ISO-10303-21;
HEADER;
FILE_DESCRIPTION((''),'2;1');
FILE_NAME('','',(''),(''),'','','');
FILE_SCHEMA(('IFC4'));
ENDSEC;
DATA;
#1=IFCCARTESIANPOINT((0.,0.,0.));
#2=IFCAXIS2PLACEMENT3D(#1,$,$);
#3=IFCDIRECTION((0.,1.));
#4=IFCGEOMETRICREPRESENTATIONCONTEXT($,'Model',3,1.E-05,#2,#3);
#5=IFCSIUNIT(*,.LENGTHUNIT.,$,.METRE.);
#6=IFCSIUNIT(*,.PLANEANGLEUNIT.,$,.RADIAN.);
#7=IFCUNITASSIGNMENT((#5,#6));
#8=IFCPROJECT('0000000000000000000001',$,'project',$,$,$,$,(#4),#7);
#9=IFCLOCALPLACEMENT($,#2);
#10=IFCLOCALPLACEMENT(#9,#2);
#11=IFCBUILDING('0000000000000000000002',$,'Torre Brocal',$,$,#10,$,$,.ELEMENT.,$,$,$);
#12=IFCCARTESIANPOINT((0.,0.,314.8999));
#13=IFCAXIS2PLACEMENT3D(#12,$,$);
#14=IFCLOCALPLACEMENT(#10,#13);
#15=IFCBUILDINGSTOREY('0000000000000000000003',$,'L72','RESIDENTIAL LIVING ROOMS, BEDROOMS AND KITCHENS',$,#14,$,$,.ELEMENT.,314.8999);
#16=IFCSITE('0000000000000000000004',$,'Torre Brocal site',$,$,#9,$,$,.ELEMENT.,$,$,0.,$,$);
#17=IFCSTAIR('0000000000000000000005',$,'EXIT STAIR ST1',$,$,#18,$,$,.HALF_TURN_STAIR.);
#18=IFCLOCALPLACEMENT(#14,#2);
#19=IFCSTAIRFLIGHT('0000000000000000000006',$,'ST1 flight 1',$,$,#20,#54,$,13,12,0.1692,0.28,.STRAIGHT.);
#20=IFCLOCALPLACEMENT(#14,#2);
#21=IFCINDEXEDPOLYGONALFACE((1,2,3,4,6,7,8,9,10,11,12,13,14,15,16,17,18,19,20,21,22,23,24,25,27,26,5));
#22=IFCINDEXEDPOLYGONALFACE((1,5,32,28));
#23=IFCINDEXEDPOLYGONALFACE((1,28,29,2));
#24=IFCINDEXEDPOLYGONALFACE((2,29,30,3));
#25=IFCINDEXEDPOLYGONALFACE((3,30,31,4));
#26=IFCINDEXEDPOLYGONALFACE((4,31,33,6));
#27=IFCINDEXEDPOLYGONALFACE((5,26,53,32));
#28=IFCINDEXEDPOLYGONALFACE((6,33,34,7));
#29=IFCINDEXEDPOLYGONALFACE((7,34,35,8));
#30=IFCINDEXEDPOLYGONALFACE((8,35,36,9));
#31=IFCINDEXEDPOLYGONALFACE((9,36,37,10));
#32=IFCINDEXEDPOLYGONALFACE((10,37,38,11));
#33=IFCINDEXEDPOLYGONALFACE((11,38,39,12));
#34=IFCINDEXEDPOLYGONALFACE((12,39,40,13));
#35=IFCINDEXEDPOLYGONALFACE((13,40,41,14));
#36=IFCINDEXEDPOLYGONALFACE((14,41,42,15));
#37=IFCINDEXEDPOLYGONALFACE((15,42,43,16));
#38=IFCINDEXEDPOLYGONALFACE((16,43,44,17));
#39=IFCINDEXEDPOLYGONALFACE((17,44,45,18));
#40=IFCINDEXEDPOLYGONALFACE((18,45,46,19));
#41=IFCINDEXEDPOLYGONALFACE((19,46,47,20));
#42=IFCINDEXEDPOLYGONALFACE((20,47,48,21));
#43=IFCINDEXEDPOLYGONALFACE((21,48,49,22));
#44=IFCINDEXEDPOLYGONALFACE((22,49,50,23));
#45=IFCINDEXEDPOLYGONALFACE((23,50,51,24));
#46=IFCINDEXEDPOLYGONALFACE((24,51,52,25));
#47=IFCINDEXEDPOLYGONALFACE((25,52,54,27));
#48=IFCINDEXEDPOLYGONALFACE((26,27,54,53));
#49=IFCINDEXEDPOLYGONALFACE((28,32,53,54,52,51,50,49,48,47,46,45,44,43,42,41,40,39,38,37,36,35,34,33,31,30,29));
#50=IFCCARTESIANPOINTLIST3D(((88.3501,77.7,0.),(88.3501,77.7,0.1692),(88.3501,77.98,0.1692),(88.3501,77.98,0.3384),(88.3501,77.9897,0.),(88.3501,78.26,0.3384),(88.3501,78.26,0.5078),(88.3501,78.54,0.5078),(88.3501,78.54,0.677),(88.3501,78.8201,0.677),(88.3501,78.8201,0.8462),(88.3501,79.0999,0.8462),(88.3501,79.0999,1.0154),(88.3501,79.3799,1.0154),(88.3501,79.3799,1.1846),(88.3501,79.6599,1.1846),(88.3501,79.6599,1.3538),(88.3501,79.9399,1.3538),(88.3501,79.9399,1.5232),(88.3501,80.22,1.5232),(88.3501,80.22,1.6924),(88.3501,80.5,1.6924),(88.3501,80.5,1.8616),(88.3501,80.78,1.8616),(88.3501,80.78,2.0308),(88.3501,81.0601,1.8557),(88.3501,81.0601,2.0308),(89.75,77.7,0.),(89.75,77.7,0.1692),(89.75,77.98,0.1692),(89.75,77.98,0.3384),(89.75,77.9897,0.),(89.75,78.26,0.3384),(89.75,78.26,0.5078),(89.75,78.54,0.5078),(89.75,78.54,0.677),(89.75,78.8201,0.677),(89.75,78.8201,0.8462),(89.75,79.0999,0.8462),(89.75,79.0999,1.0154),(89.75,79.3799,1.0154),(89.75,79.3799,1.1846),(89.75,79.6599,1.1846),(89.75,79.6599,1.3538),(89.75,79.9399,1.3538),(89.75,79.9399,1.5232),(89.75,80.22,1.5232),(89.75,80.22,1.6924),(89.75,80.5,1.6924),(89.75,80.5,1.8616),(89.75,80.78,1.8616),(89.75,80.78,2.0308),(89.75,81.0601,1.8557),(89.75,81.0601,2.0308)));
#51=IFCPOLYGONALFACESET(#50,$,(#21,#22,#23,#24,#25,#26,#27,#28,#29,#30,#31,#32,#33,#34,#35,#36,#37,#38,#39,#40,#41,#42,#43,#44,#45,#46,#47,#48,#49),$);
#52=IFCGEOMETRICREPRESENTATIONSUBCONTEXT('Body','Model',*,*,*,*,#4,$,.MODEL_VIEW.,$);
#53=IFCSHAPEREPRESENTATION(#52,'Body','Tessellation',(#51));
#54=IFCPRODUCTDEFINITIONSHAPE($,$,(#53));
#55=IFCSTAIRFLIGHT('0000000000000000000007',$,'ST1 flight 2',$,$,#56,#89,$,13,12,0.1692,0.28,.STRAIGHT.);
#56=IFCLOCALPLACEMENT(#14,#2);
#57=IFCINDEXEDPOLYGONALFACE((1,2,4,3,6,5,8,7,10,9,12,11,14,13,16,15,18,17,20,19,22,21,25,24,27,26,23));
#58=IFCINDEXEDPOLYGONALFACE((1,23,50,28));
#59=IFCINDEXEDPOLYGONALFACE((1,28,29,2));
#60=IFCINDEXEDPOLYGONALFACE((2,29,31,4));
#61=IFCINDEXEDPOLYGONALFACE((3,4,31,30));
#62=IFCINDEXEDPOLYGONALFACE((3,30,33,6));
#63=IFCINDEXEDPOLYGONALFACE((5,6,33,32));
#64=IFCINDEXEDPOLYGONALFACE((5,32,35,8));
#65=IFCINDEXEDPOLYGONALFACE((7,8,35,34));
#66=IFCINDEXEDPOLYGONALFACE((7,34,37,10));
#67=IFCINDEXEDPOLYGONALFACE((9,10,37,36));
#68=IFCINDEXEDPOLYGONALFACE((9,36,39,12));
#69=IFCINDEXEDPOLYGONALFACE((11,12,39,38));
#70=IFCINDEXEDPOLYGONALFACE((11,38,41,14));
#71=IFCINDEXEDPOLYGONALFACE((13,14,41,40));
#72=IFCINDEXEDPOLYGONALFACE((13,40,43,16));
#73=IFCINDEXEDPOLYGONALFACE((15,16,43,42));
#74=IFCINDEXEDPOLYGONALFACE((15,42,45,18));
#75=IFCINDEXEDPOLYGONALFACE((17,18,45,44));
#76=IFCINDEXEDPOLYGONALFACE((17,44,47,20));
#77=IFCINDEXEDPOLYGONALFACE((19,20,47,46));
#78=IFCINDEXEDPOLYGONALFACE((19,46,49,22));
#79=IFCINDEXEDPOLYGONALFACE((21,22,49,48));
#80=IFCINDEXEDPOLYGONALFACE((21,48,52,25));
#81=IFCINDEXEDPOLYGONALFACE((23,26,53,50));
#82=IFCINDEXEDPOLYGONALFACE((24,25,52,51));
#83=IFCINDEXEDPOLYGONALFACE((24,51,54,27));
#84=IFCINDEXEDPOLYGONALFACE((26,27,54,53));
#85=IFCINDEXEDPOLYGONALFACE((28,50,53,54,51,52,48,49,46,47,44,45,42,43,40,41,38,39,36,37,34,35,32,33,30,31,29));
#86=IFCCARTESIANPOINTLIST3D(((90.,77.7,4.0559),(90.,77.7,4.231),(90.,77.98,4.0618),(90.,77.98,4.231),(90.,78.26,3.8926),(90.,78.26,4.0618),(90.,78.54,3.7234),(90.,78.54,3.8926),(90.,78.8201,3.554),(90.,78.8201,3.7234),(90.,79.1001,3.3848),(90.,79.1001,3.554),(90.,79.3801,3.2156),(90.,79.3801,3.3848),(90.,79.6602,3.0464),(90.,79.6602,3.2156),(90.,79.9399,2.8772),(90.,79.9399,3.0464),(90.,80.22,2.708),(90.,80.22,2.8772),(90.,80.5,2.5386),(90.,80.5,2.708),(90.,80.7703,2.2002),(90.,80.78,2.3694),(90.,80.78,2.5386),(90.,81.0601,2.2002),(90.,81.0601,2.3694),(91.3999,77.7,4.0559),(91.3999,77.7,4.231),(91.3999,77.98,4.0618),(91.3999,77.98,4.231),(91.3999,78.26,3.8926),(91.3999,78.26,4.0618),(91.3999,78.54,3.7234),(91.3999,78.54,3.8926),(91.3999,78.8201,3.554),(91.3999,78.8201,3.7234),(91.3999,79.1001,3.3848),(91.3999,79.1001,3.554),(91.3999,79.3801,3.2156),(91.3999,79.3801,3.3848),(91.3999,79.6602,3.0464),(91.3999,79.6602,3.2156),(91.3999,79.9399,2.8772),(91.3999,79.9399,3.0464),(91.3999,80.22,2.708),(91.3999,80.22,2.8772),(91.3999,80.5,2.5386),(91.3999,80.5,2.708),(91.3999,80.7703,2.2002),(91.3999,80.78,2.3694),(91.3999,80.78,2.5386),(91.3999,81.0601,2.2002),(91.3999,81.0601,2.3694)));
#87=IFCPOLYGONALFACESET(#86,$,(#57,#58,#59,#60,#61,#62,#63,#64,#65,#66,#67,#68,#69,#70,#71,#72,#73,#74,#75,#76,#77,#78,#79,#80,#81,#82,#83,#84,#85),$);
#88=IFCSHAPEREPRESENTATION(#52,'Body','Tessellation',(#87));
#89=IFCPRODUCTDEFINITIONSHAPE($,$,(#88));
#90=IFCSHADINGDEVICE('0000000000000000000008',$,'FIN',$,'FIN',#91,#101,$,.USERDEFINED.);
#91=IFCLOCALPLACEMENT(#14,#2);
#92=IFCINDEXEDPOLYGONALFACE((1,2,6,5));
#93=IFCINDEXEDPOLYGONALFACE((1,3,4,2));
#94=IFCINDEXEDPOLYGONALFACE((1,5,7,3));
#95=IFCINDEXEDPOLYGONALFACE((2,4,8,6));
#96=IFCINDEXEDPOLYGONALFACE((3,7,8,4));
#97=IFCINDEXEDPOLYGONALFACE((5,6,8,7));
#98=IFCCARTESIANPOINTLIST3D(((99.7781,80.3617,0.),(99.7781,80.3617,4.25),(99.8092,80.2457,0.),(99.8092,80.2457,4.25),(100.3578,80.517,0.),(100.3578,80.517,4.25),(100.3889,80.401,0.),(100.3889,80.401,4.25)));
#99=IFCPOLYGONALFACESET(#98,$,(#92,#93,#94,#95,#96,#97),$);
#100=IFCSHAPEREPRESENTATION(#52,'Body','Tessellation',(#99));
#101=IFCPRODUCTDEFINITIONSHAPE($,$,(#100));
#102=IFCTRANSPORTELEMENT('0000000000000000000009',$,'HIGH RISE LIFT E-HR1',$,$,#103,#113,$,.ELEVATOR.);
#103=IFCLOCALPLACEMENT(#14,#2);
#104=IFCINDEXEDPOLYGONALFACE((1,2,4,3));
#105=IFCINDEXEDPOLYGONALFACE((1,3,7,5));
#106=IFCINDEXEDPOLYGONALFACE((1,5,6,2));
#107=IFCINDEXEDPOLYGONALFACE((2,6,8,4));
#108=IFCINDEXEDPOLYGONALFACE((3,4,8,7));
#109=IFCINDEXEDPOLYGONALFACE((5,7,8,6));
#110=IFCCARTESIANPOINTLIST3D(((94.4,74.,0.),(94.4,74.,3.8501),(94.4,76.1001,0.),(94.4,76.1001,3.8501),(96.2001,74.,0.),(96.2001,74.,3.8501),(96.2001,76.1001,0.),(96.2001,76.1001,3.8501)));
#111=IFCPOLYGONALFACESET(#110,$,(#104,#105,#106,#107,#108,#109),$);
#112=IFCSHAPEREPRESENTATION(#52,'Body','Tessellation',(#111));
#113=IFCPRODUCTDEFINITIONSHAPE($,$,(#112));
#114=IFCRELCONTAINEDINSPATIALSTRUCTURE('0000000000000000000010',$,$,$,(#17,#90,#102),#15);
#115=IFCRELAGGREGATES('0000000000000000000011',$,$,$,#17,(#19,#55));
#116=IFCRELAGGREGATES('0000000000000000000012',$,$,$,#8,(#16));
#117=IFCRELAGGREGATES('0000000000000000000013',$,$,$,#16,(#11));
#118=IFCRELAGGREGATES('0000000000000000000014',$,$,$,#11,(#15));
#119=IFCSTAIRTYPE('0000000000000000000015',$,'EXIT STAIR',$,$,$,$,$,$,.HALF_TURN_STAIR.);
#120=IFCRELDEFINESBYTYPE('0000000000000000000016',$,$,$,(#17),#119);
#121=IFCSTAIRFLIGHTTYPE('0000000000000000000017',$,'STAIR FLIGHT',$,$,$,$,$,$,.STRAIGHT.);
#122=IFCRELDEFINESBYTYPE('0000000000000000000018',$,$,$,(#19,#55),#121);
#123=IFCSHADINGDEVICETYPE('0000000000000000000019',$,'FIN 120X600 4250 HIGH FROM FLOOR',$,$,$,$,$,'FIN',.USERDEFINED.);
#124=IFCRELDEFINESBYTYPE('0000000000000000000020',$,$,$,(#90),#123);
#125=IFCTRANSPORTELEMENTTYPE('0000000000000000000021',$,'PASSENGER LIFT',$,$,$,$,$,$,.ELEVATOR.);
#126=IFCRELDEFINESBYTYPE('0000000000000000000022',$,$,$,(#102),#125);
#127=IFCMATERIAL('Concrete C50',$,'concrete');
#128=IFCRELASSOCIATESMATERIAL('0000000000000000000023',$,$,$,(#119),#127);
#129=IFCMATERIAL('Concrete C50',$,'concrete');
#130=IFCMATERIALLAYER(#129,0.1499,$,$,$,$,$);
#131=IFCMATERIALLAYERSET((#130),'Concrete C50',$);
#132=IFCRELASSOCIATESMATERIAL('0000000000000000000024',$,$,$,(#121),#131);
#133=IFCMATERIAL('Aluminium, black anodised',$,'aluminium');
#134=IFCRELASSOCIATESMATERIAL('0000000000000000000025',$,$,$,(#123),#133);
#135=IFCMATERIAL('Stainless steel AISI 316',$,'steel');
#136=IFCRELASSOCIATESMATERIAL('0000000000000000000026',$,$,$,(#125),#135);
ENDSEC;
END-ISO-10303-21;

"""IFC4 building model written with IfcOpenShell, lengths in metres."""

from ifc_helpers import new_model, si_unit, direction, frame, origin, origin_2d, place, context, subcontext, project, spatial, polyline, rectangle, outline, extrude, material, layer, layer_set, material_profile, profile_set, type_object, element, aggregate, save


model = new_model("IFC4")

# Units and contexts
model_context = context("Model", 3, precision=1e-05, world=origin(), true_north=direction((0.0, 1.0)))
body_context = subcontext(model_context, "Body", "Model", "MODEL_VIEW")
ifc_project = project(units=[si_unit("LENGTHUNIT", "METRE"), si_unit("PLANEANGLEUNIT", "RADIAN")], contexts=[model_context])

# Site, building, storey
site_placement = place(None, origin())
site = spatial("IfcSite", under=ifc_project, at=site_placement, Name="Torre Brocal site", CompositionType="ELEMENT", RefElevation=0.0)
building_placement = place(site_placement, origin())
building = spatial("IfcBuilding", under=site, at=building_placement, Name="Torre Brocal", CompositionType="ELEMENT")
storey_placement = place(building_placement, frame((0.0, 0.0, 314.8999)))
storey = spatial("IfcBuildingStorey", under=building, at=storey_placement, Name="L72", Description="RESIDENTIAL LIVING ROOMS, BEDROOMS AND KITCHENS", CompositionType="ELEMENT", Elevation=314.8999)

# Stair, stair flights
ifc_material_1 = material(Name="Concrete C50", Category="concrete")
stair_type = type_object("IfcStairType", Name="EXIT STAIR", PredefinedType="HALF_TURN_STAIR", material=ifc_material_1)
stair_placement = place(storey_placement, origin())
stair = element("IfcStair", 1, at=stair_placement, inside=storey, type_object=stair_type, Name="EXIT STAIR ST1", PredefinedType="HALF_TURN_STAIR")
ifc_material_2 = material(Name="Concrete C50", Category="concrete")
ifc_layer_1 = layer(ifc_material_2, 0.1499)
ifc_layer_set_1 = layer_set([ifc_layer_1], Name="Concrete C50")
stair_flight_type = type_object("IfcStairFlightType", Name="STAIR FLIGHT", PredefinedType="STRAIGHT", material=ifc_layer_set_1)
stair_flight_1_placement = place(storey_placement, frame((89.05, 77.7, 0.0), z_axis=(0.0, 0.0, 1.0), x_axis=(0.0, 1.0, 0.0)))
stair_flight_1 = element("IfcStairFlight", 2, at=stair_flight_1_placement, type_object=stair_flight_type, Name="ST1 flight 1", NumberOfRisers=13, NumberOfTreads=12, PredefinedType="STRAIGHT", RiserHeight=0.1692, TreadLength=0.28, context=body_context, shape_type="SweptSolid", body=[
    extrude(outline(polyline([(0.0, 0.0), (0.0, 0.1692), (0.28, 0.1692), (0.28, 0.3384), (0.5601, 0.3384), (0.5601, 0.5078), (0.8401, 0.5078), (0.8401, 0.677), (1.1201, 0.677), (1.1201, 0.8462), (1.3999, 0.8462), (1.3999, 1.0154), (1.6799, 1.0154), (1.6799, 1.1846), (1.96, 1.1846), (1.96, 1.3538), (2.24, 1.3538), (2.24, 1.5232), (2.52, 1.5232), (2.52, 1.6924), (2.8, 1.6924), (2.8, 1.8616), (3.0801, 1.8616), (3.0801, 2.0308), (3.3601, 2.0308), (3.3601, 2.2), (3.3601, 1.8557), (0.2898, 0.0), (0.0, 0.0)])), frame((0.0, 0.7, 0.0), z_axis=(0.0, -1.0, 0.0), x_axis=(1.0, 0.0, 0.0)), (0.0, 0.0, 1.0), 1.3999),
])
stair_flight_2_placement = place(storey_placement, frame((90.7, 81.0601, 2.2002), z_axis=(0.0, 0.0, 1.0), x_axis=(0.0, -1.0, 0.0)))
stair_flight_2 = element("IfcStairFlight", 3, at=stair_flight_2_placement, type_object=stair_flight_type, Name="ST1 flight 2", NumberOfRisers=13, NumberOfTreads=12, PredefinedType="STRAIGHT", RiserHeight=0.1692, TreadLength=0.28, context=body_context, shape_type="SweptSolid", body=[
    extrude(outline(polyline([(0.0, 0.0), (0.0, 0.1692), (0.28, 0.1692), (0.28, 0.3384), (0.5601, 0.3384), (0.5601, 0.5078), (0.8401, 0.5078), (0.8401, 0.677), (1.1201, 0.677), (1.1201, 0.8462), (1.3999, 0.8462), (1.3999, 1.0154), (1.6799, 1.0154), (1.6799, 1.1846), (1.96, 1.1846), (1.96, 1.3538), (2.24, 1.3538), (2.24, 1.5232), (2.52, 1.5232), (2.52, 1.6924), (2.8, 1.6924), (2.8, 1.8616), (3.0801, 1.8616), (3.0801, 2.0308), (3.3601, 2.0308), (3.3601, 2.2), (3.3601, 1.8557), (0.2898, 0.0), (0.0, 0.0)])), frame((0.0, 0.7, 0.0), z_axis=(0.0, -1.0, 0.0), x_axis=(1.0, 0.0, 0.0)), (0.0, 0.0, 1.0), 1.3999),
])
aggregate(stair, [stair_flight_1, stair_flight_2])

# Shading device
ifc_material_3 = material(Name="Aluminium, black anodised", Category="aluminium")
ifc_material_profile_1 = material_profile(ifc_material_3, rectangle(XDim=0.1201, YDim=0.6001, at=origin_2d()), Name="FIN 120X600 4250 HIGH FROM FLOOR")
ifc_profile_set_1 = profile_set([ifc_material_profile_1], Name="Aluminium, black anodised")
shading_device_type = type_object("IfcShadingDeviceType", Name="FIN 120X600 4250 HIGH FROM FLOOR", ElementType="FIN", PredefinedType="USERDEFINED", material=ifc_profile_set_1)
shading_device_placement = place(storey_placement, frame((100.0835, 80.3813, 0.0), z_axis=(0.0, 0.0, 1.0), x_axis=(-0.258819, 0.965926, 0.0)))
element("IfcShadingDevice", 4, at=shading_device_placement, inside=storey, type_object=shading_device_type, Name="FIN", ObjectType="FIN", PredefinedType="USERDEFINED", context=body_context, shape_type="SweptSolid", body=[
    extrude(rectangle(XDim=0.1201, YDim=0.6001, at=origin_2d()), origin(), (0.0, 0.0, 1.0), 4.25),
])

# Transport element
ifc_material_4 = material(Name="Stainless steel AISI 316", Category="steel")
transport_element_type = type_object("IfcTransportElementType", Name="PASSENGER LIFT", PredefinedType="ELEVATOR", material=ifc_material_4)
transport_element_placement = place(storey_placement, frame((95.3, 75.05, 0.0), z_axis=(0.0, 0.0, 1.0), x_axis=(1.0, 0.0, 0.0)))
element("IfcTransportElement", 5, at=transport_element_placement, inside=storey, type_object=transport_element_type, Name="HIGH RISE LIFT E-HR1", PredefinedType="ELEVATOR", context=body_context, shape_type="SweptSolid", body=[
    extrude(rectangle(XDim=1.8, YDim=2.1001, at=origin_2d()), origin(), (0.0, 0.0, 1.0), 3.8501),
])

save(model, "model.ifc")
